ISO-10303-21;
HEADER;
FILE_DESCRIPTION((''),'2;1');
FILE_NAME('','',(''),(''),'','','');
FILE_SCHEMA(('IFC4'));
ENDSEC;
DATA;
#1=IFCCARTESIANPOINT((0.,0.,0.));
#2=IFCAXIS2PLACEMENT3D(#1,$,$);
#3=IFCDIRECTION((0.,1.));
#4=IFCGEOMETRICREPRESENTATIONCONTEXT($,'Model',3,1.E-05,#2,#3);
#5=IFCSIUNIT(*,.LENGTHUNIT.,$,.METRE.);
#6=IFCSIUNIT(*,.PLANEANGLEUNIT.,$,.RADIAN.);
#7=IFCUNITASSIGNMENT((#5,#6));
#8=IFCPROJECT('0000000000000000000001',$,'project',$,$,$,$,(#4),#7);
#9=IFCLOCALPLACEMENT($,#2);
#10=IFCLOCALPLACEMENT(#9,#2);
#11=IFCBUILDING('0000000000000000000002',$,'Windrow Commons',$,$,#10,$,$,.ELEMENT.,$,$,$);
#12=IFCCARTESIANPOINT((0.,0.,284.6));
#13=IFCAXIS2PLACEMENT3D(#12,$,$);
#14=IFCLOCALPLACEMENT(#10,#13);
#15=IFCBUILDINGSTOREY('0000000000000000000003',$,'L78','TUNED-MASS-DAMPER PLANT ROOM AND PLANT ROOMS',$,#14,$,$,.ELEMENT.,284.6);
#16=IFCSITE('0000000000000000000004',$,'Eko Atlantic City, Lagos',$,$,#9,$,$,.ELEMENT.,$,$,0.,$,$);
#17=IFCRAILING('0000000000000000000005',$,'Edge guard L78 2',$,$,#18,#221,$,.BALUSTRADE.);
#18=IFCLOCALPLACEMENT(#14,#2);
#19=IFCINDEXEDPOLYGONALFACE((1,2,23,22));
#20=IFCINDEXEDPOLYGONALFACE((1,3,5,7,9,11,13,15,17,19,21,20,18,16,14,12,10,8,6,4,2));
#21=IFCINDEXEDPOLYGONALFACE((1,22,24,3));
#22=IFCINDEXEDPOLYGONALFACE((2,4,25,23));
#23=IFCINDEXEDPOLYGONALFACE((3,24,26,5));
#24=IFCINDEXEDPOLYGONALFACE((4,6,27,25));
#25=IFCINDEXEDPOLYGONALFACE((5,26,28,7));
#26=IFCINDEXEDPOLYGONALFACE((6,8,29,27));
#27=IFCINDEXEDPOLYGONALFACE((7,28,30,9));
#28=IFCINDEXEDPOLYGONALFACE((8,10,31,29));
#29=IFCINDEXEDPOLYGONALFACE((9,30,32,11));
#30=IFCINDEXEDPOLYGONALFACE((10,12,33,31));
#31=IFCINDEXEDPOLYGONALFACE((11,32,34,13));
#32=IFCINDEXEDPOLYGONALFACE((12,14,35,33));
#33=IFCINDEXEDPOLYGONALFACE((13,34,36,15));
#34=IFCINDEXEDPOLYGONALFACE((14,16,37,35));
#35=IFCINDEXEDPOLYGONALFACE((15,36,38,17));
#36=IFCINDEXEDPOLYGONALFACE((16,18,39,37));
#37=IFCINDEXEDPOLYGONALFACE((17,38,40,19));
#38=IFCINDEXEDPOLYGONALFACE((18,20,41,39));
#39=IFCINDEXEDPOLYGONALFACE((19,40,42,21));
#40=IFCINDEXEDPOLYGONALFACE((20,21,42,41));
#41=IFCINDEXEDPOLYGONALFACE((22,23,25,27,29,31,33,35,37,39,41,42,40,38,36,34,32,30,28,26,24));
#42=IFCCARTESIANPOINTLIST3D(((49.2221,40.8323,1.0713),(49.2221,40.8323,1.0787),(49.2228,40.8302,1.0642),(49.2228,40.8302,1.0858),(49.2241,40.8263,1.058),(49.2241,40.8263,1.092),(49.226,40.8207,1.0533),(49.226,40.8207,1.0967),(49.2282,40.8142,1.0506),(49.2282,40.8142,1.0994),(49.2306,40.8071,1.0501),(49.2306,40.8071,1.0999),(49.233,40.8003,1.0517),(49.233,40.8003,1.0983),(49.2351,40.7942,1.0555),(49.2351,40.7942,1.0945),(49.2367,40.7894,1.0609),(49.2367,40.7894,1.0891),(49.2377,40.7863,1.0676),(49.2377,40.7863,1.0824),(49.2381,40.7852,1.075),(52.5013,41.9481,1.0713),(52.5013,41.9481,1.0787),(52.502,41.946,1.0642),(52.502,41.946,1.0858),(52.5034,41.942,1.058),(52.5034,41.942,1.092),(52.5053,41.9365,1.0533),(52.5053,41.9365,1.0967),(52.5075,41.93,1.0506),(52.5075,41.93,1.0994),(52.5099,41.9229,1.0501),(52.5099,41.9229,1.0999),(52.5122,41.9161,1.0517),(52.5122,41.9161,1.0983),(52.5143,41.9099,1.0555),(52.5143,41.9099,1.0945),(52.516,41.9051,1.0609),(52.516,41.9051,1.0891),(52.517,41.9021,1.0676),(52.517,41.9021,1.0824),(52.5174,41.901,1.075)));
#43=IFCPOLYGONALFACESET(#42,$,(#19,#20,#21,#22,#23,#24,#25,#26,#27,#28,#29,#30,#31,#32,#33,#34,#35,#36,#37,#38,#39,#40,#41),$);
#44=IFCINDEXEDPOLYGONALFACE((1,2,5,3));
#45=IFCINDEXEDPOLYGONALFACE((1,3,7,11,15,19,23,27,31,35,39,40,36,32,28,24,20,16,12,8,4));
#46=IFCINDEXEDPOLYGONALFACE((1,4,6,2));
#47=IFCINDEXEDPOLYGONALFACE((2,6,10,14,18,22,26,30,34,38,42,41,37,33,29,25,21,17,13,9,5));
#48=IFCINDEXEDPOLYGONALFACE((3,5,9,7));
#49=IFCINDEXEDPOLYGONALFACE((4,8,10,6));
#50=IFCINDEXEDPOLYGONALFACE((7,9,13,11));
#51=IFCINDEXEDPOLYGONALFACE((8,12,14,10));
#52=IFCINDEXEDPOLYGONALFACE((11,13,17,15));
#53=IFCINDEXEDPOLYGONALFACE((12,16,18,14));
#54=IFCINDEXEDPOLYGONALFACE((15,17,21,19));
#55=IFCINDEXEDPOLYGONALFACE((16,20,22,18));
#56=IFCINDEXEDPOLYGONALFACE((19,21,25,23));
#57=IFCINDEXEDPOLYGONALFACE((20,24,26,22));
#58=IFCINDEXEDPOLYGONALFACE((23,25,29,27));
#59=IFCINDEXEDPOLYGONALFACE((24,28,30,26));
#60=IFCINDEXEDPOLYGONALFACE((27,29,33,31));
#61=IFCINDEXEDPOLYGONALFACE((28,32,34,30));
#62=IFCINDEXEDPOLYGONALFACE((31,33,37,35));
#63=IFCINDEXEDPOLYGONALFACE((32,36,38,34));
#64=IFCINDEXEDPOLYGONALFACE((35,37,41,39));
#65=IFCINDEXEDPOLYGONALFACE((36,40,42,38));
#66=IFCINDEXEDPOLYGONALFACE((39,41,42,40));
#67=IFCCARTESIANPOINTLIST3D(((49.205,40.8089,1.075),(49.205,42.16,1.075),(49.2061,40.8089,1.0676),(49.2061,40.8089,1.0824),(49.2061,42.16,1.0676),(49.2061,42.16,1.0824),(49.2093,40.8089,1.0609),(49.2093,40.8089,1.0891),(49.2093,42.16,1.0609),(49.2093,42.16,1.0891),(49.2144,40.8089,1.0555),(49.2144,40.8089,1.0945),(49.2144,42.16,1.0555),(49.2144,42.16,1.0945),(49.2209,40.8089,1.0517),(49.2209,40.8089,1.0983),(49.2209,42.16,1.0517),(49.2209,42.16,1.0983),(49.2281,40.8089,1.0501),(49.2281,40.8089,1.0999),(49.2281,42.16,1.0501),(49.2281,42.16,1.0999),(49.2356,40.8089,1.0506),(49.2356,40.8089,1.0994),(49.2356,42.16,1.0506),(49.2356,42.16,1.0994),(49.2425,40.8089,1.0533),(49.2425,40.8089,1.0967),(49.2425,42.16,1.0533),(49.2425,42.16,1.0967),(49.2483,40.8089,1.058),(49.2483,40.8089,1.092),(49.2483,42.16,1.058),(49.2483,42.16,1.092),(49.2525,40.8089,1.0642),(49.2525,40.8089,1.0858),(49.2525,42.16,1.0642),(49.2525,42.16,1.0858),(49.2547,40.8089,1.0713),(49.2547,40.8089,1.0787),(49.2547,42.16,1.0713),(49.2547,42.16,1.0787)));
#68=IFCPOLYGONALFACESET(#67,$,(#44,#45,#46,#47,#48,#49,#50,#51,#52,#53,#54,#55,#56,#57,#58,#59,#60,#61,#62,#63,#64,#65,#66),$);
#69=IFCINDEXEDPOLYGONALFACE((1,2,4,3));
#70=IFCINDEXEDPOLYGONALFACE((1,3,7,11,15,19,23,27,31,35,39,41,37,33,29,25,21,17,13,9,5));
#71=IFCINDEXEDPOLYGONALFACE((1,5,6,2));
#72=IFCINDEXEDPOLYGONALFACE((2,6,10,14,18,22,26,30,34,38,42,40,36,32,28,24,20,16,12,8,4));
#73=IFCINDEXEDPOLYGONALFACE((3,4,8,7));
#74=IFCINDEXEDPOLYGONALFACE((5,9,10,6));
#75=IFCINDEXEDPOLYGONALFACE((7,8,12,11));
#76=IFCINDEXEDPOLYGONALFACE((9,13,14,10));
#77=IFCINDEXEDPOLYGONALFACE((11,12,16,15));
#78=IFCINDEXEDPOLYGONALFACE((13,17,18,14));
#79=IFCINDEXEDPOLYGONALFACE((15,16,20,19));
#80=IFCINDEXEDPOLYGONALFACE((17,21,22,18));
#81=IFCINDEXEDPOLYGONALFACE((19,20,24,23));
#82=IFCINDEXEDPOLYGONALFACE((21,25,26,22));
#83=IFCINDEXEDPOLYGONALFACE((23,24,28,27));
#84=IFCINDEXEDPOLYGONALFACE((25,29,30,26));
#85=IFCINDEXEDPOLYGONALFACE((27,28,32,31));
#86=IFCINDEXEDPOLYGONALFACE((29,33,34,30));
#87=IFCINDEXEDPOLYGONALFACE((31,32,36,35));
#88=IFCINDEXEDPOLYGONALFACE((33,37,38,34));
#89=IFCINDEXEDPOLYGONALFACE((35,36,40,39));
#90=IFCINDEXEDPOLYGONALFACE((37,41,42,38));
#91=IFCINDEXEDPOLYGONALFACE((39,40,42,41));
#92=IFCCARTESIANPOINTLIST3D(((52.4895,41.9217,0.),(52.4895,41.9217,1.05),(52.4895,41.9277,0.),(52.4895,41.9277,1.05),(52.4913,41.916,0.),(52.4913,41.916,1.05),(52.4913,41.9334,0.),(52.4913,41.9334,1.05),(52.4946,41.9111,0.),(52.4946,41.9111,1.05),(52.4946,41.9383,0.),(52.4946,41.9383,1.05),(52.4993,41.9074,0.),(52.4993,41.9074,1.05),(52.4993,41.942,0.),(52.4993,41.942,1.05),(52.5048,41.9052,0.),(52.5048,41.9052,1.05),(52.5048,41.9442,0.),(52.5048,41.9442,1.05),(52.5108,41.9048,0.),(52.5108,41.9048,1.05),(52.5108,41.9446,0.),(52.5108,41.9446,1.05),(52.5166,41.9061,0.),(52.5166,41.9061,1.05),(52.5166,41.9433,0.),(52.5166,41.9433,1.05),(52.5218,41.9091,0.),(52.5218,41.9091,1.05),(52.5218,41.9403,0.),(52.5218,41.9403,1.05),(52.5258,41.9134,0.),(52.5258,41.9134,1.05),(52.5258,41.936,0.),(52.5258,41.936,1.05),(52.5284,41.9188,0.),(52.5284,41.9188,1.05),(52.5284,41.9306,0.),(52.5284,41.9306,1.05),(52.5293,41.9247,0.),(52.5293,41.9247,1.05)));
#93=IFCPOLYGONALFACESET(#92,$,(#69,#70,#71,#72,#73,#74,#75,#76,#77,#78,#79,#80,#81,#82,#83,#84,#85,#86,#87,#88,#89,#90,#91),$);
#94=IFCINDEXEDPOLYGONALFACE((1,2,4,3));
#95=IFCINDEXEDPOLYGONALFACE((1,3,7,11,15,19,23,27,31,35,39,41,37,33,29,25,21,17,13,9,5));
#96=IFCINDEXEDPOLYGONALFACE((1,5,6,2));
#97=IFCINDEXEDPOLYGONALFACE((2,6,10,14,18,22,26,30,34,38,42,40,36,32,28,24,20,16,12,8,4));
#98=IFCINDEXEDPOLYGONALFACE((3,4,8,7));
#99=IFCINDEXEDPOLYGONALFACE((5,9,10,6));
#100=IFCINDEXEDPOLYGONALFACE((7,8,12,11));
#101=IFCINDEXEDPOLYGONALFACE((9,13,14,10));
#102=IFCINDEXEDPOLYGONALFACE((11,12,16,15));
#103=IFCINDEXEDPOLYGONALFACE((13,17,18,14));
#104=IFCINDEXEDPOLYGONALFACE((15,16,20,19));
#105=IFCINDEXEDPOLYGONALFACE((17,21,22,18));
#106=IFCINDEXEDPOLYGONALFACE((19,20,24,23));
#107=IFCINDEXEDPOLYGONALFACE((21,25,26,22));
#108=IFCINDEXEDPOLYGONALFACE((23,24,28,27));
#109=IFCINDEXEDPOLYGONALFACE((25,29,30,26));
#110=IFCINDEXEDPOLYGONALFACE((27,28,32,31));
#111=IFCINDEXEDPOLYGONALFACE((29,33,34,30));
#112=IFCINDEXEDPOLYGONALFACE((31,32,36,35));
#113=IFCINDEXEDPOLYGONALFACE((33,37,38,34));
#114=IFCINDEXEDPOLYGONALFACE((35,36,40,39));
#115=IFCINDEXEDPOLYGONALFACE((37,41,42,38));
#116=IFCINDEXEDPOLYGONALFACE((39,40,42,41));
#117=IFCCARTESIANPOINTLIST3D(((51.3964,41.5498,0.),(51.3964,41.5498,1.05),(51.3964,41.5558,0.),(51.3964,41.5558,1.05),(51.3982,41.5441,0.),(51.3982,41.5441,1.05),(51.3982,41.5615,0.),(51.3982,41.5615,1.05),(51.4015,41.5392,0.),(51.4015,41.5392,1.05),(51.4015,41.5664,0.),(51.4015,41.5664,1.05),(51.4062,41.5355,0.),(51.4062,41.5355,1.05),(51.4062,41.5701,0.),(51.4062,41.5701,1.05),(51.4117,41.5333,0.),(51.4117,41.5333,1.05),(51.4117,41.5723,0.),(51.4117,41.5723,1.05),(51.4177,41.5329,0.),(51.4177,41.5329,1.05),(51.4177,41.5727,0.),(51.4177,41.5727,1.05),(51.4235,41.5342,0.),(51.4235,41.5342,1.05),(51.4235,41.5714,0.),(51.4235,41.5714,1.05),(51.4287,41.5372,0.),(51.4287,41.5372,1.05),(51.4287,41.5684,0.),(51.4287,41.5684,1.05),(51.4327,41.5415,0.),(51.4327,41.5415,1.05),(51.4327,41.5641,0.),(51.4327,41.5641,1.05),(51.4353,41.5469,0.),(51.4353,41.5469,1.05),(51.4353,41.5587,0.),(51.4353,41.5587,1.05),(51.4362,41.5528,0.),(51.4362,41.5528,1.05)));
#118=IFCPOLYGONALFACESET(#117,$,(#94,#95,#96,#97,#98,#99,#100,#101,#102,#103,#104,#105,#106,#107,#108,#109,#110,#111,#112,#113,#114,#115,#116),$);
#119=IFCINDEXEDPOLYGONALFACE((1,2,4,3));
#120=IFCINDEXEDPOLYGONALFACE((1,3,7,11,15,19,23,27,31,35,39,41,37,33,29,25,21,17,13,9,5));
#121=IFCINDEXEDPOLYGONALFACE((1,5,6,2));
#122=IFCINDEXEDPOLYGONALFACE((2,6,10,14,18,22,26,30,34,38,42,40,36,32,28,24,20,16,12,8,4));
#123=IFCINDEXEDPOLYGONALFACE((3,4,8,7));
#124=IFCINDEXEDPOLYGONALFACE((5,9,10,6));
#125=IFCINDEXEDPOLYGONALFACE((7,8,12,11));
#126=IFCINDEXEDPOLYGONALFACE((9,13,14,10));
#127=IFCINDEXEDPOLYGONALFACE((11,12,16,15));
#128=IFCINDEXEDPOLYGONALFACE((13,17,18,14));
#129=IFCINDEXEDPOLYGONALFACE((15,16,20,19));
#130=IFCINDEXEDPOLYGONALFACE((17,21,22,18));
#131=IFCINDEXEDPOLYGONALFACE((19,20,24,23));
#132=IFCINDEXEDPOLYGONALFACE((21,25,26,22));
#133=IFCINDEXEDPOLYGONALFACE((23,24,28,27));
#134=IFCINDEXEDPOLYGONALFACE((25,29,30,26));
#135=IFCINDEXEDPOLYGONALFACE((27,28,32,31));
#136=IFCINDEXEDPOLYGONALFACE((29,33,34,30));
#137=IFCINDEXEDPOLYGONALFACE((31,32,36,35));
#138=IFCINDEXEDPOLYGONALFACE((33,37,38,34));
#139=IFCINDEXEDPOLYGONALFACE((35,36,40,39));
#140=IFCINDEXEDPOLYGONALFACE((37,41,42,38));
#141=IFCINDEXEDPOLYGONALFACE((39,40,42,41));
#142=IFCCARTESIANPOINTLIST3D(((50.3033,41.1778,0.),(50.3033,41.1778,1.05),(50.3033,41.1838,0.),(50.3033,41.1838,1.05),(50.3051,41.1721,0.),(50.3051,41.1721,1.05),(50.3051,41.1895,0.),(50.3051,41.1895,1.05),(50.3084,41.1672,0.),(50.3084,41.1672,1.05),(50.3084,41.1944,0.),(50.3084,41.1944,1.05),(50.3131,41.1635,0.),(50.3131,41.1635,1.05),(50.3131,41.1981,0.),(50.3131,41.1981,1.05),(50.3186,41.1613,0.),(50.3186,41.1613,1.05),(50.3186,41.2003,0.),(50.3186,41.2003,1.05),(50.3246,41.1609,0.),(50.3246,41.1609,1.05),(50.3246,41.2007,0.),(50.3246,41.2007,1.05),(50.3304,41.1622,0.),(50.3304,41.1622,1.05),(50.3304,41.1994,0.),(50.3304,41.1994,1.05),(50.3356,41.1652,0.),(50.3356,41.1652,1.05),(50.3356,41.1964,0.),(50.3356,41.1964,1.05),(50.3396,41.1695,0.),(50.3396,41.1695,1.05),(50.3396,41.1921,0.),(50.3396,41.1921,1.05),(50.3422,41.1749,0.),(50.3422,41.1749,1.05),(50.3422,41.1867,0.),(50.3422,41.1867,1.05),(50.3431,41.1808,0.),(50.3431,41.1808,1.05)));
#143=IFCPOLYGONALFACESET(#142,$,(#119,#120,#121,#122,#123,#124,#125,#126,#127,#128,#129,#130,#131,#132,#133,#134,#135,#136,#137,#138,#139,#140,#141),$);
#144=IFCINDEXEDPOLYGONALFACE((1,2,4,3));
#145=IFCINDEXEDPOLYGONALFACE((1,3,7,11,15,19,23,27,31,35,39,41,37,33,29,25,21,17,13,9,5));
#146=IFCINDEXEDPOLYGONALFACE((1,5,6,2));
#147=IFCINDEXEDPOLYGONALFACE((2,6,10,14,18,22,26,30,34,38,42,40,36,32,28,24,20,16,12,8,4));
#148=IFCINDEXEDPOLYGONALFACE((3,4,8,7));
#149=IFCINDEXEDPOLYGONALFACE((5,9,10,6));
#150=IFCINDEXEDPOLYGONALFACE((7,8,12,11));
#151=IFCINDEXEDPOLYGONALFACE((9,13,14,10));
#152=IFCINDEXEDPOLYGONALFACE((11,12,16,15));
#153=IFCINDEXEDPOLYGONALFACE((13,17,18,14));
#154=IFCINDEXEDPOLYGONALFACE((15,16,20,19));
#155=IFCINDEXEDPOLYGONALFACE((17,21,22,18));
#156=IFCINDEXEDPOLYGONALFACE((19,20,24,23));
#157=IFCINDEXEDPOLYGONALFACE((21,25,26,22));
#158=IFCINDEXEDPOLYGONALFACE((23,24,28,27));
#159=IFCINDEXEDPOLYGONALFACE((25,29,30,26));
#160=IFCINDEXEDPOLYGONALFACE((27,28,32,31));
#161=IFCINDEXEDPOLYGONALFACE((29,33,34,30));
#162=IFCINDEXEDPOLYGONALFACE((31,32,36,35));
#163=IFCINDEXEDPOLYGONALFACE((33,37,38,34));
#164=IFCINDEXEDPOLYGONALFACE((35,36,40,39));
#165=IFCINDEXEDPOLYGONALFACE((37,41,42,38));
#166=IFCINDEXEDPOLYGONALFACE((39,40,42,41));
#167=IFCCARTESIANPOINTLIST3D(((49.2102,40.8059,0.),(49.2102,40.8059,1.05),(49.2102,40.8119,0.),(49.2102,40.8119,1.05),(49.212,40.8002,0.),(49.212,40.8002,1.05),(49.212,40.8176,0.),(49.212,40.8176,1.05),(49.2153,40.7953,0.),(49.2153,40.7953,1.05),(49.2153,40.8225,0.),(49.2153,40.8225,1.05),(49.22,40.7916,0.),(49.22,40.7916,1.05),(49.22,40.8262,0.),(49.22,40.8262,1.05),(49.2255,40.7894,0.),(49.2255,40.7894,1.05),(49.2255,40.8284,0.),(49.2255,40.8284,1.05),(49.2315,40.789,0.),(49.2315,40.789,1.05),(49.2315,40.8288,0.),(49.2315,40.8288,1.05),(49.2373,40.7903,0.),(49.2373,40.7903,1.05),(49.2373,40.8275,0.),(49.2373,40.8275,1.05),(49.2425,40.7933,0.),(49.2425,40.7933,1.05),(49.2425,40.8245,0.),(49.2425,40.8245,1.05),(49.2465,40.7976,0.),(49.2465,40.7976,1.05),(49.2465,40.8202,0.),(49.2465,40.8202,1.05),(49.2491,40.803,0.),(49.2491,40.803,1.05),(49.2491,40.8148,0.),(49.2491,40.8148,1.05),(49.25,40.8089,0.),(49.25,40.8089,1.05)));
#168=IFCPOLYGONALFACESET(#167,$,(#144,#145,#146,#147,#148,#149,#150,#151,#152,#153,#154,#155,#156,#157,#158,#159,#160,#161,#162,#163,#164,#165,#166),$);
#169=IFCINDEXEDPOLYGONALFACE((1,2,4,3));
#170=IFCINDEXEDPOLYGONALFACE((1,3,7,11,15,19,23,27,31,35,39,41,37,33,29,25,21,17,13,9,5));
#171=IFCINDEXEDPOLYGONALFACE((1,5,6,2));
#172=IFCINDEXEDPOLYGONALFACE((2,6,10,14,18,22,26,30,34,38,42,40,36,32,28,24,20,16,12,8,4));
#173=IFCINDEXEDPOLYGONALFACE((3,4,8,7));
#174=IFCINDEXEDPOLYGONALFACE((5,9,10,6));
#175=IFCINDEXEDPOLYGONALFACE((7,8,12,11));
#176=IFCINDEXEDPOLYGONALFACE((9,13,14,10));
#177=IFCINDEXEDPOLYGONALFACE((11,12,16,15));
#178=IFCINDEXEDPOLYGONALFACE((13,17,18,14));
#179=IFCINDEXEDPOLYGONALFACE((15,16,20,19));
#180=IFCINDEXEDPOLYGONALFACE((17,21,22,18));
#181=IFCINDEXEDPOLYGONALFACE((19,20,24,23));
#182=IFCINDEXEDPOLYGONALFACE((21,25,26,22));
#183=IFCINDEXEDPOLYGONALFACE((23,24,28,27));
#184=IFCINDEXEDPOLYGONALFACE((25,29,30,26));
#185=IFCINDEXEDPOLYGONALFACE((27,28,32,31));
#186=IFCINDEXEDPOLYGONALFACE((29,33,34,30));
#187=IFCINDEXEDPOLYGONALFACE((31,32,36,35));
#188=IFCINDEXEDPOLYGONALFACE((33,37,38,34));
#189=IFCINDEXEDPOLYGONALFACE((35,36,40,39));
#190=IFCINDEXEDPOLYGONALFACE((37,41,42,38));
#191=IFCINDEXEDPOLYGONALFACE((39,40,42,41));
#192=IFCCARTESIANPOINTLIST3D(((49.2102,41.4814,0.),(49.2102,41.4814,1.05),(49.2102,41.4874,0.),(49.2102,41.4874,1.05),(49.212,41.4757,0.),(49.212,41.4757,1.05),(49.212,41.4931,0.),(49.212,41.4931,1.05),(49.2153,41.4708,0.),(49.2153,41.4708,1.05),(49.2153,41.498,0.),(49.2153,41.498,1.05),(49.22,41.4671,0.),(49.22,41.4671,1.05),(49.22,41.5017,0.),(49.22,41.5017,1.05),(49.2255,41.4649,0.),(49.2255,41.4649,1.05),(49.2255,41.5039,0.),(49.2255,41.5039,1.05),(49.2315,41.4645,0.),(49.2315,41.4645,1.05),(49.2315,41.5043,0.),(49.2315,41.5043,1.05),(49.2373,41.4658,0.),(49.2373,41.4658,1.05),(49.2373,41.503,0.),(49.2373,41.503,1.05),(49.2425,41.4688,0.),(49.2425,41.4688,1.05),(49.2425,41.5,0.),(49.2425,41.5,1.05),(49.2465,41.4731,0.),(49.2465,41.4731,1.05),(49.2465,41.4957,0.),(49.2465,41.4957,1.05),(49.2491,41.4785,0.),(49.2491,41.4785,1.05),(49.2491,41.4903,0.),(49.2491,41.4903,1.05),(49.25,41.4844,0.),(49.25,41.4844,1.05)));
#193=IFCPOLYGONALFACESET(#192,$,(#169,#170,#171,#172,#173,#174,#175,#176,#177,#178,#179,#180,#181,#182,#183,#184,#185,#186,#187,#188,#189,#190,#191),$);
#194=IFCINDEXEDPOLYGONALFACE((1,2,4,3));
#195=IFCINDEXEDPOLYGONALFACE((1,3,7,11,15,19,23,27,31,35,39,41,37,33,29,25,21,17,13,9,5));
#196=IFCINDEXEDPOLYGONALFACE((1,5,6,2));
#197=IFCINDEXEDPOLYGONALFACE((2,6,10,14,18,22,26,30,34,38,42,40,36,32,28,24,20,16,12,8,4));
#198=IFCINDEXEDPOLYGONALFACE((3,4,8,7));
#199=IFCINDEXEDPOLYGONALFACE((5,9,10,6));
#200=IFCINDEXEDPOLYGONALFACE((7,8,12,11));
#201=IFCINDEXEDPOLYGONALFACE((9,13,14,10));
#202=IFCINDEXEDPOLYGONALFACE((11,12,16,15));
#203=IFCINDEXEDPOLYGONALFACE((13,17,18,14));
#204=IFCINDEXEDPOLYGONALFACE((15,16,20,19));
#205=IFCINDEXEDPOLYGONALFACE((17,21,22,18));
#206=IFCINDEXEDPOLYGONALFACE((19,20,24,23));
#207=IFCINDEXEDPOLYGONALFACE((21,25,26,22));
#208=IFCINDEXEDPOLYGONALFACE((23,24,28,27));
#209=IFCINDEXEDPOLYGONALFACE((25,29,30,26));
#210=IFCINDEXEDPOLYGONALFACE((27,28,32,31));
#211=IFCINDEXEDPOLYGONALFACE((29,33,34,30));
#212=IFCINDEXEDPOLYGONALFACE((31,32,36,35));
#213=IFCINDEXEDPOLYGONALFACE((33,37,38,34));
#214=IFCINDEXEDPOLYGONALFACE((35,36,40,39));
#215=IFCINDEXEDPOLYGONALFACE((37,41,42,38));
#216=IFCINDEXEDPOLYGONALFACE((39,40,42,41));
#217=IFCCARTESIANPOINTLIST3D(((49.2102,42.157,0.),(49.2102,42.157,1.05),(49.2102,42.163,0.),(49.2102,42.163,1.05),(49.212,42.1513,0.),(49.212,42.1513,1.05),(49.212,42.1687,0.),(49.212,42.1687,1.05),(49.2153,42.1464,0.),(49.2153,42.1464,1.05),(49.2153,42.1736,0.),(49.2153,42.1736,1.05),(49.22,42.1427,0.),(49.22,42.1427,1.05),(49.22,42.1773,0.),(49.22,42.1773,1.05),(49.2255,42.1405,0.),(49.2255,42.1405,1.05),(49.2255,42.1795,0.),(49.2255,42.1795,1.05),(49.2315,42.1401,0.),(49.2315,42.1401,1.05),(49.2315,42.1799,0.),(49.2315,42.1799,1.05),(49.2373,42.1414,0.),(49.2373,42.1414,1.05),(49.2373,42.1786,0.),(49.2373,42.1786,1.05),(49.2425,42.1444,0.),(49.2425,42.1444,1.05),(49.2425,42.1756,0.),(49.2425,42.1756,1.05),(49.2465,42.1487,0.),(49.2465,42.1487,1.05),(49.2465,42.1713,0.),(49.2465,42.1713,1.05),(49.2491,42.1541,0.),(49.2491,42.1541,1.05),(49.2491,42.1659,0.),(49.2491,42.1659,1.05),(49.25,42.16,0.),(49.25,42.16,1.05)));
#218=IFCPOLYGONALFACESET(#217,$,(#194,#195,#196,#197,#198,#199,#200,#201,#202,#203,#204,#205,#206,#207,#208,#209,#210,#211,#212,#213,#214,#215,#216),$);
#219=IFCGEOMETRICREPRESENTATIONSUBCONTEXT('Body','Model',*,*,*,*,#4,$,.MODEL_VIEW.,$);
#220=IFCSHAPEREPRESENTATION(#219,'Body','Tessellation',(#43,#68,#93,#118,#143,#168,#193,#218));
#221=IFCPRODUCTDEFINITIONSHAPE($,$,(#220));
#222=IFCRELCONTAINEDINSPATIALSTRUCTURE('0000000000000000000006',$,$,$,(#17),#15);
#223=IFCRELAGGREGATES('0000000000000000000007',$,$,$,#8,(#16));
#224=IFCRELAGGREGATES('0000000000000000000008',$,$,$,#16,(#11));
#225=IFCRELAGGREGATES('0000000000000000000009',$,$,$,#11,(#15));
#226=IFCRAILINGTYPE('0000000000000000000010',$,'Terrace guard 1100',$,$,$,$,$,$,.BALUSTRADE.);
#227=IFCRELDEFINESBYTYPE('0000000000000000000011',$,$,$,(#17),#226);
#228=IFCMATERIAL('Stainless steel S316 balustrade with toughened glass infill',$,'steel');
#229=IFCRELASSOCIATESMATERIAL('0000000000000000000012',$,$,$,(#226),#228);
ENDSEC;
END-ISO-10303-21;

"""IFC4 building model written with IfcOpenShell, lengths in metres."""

from ifc_helpers import new_model, si_unit, direction, frame, origin, origin_2d, place, context, subcontext, project, spatial, circle, extrude, material, type_object, element, save


model = new_model("IFC4")

# Units and contexts
model_context = context("Model", 3, precision=1e-05, world=origin(), true_north=direction((0.0, 1.0)))
body_context = subcontext(model_context, "Body", "Model", "MODEL_VIEW")
ifc_project = project(units=[si_unit("LENGTHUNIT", "METRE"), si_unit("PLANEANGLEUNIT", "RADIAN")], contexts=[model_context])

# Site, building, storey
site_placement = place(None, origin())
site = spatial("IfcSite", under=ifc_project, at=site_placement, Name="Eko Atlantic City, Lagos", CompositionType="ELEMENT", RefElevation=0.0)
building_placement = place(site_placement, origin())
building = spatial("IfcBuilding", under=site, at=building_placement, Name="Windrow Commons", CompositionType="ELEMENT")
storey_placement = place(building_placement, frame((0.0, 0.0, 284.6)))
storey = spatial("IfcBuildingStorey", under=building, at=storey_placement, Name="L78", Description="TUNED-MASS-DAMPER PLANT ROOM AND PLANT ROOMS", CompositionType="ELEMENT", Elevation=284.6)

# Railing
ifc_material_1 = material(Name="Stainless steel S316 balustrade with toughened glass infill", Category="steel")
railing_type = type_object("IfcRailingType", Name="Terrace guard 1100", PredefinedType="BALUSTRADE", material=ifc_material_1)
railing_placement = place(storey_placement, frame((52.5093, 41.9247, 0.0)))
element("IfcRailing", 1, at=railing_placement, inside=storey, type_object=railing_type, Name="Edge guard L78 2", PredefinedType="BALUSTRADE", context=body_context, shape_type="SweptSolid", body=[
    extrude(circle(Radius=0.025, at=origin_2d()), frame((0.0, 0.0, 1.075), z_axis=(-0.946699, -0.32212, 0.0), x_axis=(0.32212, -0.946699, 0.0)), (0.0, 0.0, 1.0), 3.4639),
    extrude(circle(Radius=0.025, at=origin_2d()), frame((-3.2793, -1.1158, 1.075), z_axis=(0.0, 1.0, 0.0), x_axis=(-1.0, 0.0, 0.0)), (0.0, 0.0, 1.0), 1.3511),
    extrude(circle(Radius=0.02, at=origin_2d()), origin(), (0.0, 0.0, 1.0), 1.05),
    extrude(circle(Radius=0.02, at=origin_2d()), frame((-1.0931, -0.3719, 0.0)), (0.0, 0.0, 1.0), 1.05),
    extrude(circle(Radius=0.02, at=origin_2d()), frame((-2.1862, -0.7439, 0.0)), (0.0, 0.0, 1.0), 1.05),
    extrude(circle(Radius=0.02, at=origin_2d()), frame((-3.2793, -1.1158, 0.0)), (0.0, 0.0, 1.0), 1.05),
    extrude(circle(Radius=0.02, at=origin_2d()), frame((-3.2793, -0.4403, 0.0)), (0.0, 0.0, 1.0), 1.05),
    extrude(circle(Radius=0.02, at=origin_2d()), frame((-3.2793, 0.2353, 0.0)), (0.0, 0.0, 1.0), 1.05),
])

save(model, "model.ifc")
